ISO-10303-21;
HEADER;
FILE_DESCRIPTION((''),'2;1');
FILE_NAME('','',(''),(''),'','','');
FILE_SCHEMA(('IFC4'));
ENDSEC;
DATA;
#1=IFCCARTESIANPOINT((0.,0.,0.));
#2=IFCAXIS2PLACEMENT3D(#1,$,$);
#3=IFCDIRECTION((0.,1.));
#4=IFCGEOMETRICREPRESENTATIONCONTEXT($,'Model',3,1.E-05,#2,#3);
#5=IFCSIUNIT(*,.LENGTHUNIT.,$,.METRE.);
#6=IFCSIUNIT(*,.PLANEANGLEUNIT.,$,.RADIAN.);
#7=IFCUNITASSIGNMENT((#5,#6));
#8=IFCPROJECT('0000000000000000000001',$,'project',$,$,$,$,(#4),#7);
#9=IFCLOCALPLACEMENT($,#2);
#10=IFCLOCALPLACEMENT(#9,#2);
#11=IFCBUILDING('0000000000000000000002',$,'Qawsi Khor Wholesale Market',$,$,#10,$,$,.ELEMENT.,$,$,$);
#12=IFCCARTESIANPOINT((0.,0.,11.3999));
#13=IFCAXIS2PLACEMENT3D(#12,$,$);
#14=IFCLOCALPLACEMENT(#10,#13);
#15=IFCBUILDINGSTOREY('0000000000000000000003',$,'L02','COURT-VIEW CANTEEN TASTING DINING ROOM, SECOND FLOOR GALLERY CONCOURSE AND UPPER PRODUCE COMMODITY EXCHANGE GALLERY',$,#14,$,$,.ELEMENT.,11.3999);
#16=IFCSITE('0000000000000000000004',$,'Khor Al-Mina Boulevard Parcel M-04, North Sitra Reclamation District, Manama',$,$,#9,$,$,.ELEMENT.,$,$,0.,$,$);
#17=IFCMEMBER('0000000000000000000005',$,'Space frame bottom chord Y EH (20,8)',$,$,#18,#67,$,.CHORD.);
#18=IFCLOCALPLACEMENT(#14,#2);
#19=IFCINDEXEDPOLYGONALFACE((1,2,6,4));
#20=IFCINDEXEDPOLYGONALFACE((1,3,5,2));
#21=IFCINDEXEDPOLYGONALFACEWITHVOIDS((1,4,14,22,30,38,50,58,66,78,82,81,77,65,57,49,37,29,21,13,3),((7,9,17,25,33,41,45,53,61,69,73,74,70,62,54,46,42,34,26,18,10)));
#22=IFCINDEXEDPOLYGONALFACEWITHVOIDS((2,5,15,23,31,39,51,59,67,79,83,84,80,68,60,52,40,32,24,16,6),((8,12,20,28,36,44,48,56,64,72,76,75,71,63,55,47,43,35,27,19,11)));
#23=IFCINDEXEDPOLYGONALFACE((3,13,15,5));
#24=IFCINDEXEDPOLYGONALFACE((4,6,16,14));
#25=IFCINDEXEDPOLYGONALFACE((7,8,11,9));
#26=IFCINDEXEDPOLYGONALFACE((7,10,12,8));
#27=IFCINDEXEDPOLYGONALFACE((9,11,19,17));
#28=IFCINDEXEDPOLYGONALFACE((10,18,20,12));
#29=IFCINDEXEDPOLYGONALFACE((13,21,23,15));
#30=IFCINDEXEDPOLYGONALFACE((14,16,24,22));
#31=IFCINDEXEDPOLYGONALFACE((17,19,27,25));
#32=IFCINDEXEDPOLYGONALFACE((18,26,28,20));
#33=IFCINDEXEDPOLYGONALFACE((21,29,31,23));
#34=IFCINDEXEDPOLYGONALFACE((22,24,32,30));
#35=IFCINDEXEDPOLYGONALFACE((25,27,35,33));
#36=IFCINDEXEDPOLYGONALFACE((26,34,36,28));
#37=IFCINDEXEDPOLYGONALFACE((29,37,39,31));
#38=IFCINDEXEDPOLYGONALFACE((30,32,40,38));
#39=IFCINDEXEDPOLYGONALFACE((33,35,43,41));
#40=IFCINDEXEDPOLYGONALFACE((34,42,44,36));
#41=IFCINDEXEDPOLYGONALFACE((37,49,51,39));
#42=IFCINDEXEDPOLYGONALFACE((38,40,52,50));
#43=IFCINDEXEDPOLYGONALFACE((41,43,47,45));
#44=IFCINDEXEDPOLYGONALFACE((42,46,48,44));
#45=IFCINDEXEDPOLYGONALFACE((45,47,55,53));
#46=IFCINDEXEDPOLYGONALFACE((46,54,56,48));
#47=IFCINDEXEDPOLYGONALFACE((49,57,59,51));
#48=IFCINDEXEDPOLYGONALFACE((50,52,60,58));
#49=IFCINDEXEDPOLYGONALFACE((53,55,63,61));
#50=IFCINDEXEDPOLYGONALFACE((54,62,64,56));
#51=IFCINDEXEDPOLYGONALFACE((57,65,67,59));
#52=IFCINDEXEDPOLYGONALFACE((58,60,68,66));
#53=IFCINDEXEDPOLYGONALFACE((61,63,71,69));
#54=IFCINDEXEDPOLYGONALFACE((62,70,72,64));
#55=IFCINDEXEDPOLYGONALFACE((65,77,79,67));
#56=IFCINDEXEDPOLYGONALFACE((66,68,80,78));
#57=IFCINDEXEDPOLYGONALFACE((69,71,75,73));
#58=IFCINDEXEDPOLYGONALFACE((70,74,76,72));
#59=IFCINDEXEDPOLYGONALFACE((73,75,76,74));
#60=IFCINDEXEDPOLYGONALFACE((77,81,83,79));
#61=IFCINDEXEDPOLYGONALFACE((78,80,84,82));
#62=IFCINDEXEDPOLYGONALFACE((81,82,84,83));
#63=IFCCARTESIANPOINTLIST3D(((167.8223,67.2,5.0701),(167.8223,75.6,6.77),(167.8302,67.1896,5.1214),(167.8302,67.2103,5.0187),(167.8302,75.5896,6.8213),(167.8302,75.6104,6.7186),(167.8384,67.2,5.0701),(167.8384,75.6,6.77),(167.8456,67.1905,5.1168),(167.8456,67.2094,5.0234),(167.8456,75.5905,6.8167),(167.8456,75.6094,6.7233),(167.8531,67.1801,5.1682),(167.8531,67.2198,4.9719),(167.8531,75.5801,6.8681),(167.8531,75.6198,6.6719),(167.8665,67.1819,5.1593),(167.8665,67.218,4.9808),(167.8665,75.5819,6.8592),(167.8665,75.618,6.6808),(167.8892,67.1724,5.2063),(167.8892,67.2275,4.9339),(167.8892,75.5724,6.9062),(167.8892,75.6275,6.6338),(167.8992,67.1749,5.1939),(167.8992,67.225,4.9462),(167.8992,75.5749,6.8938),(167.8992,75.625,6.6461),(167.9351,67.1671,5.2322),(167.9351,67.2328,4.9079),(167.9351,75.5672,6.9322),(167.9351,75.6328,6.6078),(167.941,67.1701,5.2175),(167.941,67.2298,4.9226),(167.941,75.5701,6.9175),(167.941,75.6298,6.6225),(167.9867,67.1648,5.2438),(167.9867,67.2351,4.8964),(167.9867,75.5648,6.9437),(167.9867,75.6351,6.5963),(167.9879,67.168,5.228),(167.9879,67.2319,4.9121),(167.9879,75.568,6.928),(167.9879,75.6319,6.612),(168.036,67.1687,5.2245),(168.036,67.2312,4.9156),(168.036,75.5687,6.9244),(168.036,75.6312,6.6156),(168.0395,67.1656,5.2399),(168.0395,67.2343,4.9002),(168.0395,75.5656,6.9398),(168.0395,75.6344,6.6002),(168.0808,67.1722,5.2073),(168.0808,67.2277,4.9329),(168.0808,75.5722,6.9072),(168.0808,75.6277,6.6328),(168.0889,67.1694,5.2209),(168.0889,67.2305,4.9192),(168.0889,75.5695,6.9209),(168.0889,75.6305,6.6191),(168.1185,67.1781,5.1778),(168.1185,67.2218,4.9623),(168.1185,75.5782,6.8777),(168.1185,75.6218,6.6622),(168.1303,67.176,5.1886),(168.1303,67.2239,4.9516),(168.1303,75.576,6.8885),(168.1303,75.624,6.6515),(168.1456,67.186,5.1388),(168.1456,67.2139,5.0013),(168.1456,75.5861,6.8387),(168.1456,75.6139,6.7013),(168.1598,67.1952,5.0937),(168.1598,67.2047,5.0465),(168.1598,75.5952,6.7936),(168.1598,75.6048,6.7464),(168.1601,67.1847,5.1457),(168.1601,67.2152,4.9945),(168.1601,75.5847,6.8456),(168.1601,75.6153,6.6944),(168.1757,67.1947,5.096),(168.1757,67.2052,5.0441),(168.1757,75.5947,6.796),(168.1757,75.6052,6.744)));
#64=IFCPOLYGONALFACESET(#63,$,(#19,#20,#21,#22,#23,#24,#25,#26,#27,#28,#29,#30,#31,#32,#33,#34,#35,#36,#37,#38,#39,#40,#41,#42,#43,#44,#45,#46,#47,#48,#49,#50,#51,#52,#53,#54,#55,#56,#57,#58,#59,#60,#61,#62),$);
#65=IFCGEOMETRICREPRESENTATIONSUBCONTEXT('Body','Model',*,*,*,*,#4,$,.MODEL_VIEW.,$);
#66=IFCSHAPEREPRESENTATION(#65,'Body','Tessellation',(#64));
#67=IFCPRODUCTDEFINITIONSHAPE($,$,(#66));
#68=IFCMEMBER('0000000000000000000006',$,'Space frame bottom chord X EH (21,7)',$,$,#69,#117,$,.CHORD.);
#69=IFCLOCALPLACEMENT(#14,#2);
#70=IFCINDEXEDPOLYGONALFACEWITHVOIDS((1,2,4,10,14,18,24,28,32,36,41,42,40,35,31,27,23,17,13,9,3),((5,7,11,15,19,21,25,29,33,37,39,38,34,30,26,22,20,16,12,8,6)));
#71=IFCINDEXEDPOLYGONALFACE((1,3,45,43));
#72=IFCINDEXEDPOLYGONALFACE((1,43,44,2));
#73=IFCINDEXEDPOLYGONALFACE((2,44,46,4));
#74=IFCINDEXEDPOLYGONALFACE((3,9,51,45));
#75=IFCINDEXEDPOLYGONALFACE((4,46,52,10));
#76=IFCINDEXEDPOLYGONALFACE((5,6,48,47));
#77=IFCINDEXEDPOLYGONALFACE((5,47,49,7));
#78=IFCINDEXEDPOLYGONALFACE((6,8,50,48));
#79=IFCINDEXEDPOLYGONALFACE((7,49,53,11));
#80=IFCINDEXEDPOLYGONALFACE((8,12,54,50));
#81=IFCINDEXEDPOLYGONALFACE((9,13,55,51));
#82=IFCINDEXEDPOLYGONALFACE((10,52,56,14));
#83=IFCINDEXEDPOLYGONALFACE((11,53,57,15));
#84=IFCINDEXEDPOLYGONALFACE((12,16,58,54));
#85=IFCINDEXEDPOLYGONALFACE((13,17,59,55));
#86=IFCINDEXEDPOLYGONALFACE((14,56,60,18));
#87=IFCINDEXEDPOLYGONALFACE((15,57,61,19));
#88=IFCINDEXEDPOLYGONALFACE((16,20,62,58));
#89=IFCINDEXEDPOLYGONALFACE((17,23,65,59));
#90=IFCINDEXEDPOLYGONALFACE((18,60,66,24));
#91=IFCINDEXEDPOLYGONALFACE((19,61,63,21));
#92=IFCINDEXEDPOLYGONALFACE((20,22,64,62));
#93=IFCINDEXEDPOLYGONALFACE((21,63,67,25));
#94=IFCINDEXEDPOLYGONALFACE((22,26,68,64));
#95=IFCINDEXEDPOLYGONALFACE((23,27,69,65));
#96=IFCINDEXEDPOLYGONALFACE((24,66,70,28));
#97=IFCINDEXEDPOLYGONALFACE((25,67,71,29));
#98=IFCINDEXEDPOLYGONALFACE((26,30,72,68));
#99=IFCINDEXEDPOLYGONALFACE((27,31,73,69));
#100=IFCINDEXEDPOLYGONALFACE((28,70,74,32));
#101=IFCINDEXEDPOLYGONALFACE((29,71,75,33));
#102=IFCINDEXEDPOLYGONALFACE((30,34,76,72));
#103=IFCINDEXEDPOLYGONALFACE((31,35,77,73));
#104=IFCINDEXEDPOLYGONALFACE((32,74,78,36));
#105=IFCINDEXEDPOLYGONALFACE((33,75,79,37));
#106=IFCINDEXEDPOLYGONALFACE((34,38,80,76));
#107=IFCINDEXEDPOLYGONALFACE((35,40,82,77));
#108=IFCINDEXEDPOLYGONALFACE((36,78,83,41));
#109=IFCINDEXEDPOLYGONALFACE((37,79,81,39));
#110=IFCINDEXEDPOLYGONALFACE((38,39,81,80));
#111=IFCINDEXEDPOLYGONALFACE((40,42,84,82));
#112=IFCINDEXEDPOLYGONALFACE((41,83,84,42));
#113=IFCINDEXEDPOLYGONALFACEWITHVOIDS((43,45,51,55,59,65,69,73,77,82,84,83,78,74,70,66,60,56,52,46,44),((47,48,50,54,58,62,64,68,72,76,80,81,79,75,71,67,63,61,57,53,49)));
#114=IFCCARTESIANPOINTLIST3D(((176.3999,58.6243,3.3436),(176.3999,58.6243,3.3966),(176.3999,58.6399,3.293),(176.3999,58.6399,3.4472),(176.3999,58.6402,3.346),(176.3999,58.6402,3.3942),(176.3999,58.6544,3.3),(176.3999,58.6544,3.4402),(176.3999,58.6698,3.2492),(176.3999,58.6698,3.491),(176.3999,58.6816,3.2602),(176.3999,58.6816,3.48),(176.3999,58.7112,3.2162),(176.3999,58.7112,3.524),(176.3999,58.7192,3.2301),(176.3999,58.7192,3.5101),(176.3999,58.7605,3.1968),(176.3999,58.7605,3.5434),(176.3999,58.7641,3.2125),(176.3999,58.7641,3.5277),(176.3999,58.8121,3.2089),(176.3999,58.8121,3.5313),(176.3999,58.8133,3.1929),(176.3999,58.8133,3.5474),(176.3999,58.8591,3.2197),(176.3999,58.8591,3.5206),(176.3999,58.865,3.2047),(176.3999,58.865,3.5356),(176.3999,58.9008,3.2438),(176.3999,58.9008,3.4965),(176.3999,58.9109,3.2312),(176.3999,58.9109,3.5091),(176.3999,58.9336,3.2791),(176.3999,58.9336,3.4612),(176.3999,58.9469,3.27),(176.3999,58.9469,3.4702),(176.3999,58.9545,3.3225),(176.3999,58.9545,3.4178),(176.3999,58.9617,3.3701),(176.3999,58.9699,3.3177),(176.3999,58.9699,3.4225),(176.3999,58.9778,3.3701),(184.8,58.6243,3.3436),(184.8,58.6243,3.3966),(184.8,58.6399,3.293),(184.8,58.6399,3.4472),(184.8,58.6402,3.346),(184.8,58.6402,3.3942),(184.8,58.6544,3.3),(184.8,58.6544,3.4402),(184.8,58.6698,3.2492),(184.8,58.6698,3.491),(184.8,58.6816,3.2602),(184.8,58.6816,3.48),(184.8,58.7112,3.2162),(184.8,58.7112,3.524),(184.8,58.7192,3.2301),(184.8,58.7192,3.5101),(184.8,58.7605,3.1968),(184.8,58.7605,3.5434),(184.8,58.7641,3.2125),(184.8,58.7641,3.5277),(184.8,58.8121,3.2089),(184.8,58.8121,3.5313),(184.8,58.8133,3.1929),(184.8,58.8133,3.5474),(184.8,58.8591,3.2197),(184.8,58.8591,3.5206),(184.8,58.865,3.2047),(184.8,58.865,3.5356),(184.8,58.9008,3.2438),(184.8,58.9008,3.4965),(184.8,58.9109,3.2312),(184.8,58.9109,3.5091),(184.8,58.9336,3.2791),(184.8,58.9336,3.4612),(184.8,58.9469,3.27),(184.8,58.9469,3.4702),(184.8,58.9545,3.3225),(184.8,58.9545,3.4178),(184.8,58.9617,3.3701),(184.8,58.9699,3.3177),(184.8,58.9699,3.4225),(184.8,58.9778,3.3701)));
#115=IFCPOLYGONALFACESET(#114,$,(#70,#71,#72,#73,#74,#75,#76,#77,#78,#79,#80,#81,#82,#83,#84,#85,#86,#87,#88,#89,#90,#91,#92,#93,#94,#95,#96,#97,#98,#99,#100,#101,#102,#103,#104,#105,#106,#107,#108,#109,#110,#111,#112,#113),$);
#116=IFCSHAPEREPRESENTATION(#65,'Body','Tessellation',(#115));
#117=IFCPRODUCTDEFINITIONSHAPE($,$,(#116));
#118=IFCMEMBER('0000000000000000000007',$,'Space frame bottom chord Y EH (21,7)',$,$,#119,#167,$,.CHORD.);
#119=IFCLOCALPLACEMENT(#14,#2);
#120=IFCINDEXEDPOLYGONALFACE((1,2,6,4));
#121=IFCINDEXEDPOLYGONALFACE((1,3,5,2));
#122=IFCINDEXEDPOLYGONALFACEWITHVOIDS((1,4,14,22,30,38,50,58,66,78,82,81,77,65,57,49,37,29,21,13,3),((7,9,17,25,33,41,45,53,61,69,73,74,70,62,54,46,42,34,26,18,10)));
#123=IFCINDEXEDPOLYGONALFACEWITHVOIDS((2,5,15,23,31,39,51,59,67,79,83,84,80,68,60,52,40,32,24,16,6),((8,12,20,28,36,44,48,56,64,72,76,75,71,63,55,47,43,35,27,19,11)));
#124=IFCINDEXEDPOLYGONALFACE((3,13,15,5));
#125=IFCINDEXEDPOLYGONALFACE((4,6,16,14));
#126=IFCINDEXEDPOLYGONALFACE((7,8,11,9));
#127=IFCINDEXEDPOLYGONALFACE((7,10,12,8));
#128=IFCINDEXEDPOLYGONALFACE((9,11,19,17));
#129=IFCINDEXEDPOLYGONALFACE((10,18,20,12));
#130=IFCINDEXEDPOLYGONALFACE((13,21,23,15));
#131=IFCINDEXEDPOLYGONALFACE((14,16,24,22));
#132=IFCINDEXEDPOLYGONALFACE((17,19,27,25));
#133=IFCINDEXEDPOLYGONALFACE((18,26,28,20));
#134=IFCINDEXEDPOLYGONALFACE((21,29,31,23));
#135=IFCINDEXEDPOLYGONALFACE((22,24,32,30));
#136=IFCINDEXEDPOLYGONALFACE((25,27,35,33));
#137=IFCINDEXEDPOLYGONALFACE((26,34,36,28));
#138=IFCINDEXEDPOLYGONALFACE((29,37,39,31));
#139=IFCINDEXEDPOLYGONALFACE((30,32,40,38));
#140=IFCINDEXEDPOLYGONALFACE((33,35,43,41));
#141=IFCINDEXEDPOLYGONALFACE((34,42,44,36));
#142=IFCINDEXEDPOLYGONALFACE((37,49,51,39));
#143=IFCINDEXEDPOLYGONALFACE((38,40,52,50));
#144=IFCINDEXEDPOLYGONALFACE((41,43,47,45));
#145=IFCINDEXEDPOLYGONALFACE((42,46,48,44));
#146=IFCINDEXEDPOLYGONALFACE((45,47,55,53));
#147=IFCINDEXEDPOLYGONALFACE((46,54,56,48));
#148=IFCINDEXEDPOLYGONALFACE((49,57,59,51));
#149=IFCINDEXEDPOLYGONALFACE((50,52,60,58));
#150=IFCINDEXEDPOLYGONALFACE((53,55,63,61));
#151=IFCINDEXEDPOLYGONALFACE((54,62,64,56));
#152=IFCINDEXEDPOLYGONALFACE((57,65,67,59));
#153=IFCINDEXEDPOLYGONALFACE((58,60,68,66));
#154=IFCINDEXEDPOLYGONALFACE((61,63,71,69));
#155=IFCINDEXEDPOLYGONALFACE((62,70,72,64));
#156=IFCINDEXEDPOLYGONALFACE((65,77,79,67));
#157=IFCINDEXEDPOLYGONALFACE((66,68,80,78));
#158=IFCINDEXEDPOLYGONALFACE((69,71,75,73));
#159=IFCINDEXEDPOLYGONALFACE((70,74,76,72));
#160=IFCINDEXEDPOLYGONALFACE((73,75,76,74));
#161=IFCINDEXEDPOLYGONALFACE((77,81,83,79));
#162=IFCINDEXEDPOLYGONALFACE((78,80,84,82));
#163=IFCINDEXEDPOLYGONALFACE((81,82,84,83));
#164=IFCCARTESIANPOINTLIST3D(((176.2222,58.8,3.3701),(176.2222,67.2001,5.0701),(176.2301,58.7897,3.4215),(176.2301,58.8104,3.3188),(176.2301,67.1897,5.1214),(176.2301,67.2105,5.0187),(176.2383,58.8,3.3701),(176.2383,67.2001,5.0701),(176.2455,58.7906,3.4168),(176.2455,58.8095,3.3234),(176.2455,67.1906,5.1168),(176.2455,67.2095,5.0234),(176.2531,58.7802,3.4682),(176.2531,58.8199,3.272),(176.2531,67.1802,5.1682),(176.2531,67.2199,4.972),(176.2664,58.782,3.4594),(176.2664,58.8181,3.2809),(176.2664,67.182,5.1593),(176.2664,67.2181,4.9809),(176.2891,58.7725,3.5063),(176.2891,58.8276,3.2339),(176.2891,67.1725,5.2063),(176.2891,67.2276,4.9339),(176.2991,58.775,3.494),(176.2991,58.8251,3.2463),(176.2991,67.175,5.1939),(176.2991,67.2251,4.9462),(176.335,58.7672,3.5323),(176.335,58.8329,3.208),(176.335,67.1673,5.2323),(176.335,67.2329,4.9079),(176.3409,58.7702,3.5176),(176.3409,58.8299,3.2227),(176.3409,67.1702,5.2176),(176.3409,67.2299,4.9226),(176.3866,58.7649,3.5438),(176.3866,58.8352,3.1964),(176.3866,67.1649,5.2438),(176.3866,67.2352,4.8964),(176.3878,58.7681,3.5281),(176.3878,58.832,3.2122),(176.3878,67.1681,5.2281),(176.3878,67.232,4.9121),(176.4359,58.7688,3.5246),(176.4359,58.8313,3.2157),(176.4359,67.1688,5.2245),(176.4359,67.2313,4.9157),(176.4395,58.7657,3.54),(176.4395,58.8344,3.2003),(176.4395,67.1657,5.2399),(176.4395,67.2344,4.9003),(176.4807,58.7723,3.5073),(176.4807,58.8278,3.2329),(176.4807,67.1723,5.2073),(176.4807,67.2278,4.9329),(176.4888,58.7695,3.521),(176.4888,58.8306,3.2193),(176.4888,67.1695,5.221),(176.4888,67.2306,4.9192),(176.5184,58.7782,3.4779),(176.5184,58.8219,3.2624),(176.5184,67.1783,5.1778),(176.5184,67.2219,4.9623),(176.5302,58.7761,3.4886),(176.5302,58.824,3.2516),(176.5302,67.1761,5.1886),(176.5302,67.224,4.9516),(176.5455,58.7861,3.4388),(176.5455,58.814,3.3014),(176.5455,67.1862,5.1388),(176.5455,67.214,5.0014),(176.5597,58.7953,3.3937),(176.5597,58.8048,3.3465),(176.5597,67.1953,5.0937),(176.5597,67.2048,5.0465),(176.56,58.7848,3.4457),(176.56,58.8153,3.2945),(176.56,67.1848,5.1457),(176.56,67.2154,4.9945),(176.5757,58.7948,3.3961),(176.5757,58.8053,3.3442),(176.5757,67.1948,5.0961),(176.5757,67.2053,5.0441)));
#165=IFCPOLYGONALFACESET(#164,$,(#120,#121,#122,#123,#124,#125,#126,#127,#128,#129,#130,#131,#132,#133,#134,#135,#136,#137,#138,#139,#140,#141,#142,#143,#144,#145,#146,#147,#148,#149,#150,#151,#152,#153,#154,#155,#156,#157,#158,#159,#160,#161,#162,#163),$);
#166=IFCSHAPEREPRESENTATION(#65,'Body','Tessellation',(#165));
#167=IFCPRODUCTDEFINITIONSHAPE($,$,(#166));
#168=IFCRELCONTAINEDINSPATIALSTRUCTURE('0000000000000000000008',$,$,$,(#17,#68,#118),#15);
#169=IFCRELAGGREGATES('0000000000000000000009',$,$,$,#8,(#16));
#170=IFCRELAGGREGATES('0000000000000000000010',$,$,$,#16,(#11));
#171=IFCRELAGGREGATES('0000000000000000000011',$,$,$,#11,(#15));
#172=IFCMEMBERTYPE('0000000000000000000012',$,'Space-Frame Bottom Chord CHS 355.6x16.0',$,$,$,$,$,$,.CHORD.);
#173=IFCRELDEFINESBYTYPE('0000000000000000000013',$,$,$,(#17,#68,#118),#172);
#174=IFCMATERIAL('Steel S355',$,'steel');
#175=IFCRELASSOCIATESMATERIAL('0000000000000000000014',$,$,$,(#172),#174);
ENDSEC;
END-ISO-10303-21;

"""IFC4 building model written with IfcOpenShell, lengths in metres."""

from ifc_helpers import new_model, si_unit, direction, frame, origin, origin_2d, place, context, subcontext, project, spatial, hollow_circle, extrude, material, material_profile, profile_set, type_object, element, save


model = new_model("IFC4")

# Units and contexts
model_context = context("Model", 3, precision=1e-05, world=origin(), true_north=direction((0.0, 1.0)))
body_context = subcontext(model_context, "Body", "Model", "MODEL_VIEW")
ifc_project = project(units=[si_unit("LENGTHUNIT", "METRE"), si_unit("PLANEANGLEUNIT", "RADIAN")], contexts=[model_context])

# Site, building, storey
site_placement = place(None, origin())
site = spatial("IfcSite", under=ifc_project, at=site_placement, Name="Khor Al-Mina Boulevard Parcel M-04, North Sitra Reclamation District, Manama", CompositionType="ELEMENT", RefElevation=0.0)
building_placement = place(site_placement, origin())
building = spatial("IfcBuilding", under=site, at=building_placement, Name="Qawsi Khor Wholesale Market", CompositionType="ELEMENT")
storey_placement = place(building_placement, frame((0.0, 0.0, 11.3999)))
storey = spatial("IfcBuildingStorey", under=building, at=storey_placement, Name="L02", Description="COURT-VIEW CANTEEN TASTING DINING ROOM, SECOND FLOOR GALLERY CONCOURSE AND UPPER PRODUCE COMMODITY EXCHANGE GALLERY", CompositionType="ELEMENT", Elevation=11.3999)

# Members
ifc_material_1 = material(Name="Steel S355", Category="steel")
ifc_material_profile_1 = material_profile(ifc_material_1, hollow_circle(Radius=0.1777, WallThickness=0.0161, at=origin_2d()), Name="CHS 355.6x16.0")
ifc_profile_set_1 = profile_set([ifc_material_profile_1], Name="Steel S355")
member_type_1 = type_object("IfcMemberType", Name="Space-Frame Bottom Chord CHS 355.6x16.0", PredefinedType="CHORD", material=ifc_profile_set_1)
member_1_placement = place(storey_placement, frame((168.0, 67.2, 5.0701), z_axis=(0.0, 0.980131, 0.198351), x_axis=(-1.0, 0.0, 0.0)))
element("IfcMember", 1, at=member_1_placement, inside=storey, type_object=member_type_1, Name="Space frame bottom chord Y EH (20,8)", PredefinedType="CHORD", context=body_context, shape_type="SweptSolid", body=[
    extrude(hollow_circle(Radius=0.1777, WallThickness=0.0161, at=origin_2d()), origin(), (0.0, 0.0, 1.0), 8.5703),
])
member_2_placement = place(storey_placement, frame((176.3999, 58.8, 3.3701), z_axis=(1.0, 0.0, 0.0), x_axis=(0.0, 1.0, 0.0)))
element("IfcMember", 2, at=member_2_placement, inside=storey, type_object=member_type_1, Name="Space frame bottom chord X EH (21,7)", PredefinedType="CHORD", context=body_context, shape_type="SweptSolid", body=[
    extrude(hollow_circle(Radius=0.1777, WallThickness=0.0161, at=origin_2d()), origin(), (0.0, 0.0, 1.0), 8.4001),
])
for number, where, z_axis, x_axis, name in (
    (3, (176.3999, 58.8, 3.3701), (0.0, 0.98013, 0.198356), (-1.0, 0.0, 0.0), "Space frame bottom chord Y EH (21,7)"),
):
    element("IfcMember", number, at=place(storey_placement, frame(where, z_axis=z_axis, x_axis=x_axis)), inside=storey, type_object=member_type_1, Name=name, PredefinedType="CHORD", context=body_context, shape_type="SweptSolid", body=[
        extrude(hollow_circle(Radius=0.1777, WallThickness=0.0161, at=origin_2d()), origin(), (0.0, 0.0, 1.0), 8.5703),
    ])

save(model, "model.ifc")
